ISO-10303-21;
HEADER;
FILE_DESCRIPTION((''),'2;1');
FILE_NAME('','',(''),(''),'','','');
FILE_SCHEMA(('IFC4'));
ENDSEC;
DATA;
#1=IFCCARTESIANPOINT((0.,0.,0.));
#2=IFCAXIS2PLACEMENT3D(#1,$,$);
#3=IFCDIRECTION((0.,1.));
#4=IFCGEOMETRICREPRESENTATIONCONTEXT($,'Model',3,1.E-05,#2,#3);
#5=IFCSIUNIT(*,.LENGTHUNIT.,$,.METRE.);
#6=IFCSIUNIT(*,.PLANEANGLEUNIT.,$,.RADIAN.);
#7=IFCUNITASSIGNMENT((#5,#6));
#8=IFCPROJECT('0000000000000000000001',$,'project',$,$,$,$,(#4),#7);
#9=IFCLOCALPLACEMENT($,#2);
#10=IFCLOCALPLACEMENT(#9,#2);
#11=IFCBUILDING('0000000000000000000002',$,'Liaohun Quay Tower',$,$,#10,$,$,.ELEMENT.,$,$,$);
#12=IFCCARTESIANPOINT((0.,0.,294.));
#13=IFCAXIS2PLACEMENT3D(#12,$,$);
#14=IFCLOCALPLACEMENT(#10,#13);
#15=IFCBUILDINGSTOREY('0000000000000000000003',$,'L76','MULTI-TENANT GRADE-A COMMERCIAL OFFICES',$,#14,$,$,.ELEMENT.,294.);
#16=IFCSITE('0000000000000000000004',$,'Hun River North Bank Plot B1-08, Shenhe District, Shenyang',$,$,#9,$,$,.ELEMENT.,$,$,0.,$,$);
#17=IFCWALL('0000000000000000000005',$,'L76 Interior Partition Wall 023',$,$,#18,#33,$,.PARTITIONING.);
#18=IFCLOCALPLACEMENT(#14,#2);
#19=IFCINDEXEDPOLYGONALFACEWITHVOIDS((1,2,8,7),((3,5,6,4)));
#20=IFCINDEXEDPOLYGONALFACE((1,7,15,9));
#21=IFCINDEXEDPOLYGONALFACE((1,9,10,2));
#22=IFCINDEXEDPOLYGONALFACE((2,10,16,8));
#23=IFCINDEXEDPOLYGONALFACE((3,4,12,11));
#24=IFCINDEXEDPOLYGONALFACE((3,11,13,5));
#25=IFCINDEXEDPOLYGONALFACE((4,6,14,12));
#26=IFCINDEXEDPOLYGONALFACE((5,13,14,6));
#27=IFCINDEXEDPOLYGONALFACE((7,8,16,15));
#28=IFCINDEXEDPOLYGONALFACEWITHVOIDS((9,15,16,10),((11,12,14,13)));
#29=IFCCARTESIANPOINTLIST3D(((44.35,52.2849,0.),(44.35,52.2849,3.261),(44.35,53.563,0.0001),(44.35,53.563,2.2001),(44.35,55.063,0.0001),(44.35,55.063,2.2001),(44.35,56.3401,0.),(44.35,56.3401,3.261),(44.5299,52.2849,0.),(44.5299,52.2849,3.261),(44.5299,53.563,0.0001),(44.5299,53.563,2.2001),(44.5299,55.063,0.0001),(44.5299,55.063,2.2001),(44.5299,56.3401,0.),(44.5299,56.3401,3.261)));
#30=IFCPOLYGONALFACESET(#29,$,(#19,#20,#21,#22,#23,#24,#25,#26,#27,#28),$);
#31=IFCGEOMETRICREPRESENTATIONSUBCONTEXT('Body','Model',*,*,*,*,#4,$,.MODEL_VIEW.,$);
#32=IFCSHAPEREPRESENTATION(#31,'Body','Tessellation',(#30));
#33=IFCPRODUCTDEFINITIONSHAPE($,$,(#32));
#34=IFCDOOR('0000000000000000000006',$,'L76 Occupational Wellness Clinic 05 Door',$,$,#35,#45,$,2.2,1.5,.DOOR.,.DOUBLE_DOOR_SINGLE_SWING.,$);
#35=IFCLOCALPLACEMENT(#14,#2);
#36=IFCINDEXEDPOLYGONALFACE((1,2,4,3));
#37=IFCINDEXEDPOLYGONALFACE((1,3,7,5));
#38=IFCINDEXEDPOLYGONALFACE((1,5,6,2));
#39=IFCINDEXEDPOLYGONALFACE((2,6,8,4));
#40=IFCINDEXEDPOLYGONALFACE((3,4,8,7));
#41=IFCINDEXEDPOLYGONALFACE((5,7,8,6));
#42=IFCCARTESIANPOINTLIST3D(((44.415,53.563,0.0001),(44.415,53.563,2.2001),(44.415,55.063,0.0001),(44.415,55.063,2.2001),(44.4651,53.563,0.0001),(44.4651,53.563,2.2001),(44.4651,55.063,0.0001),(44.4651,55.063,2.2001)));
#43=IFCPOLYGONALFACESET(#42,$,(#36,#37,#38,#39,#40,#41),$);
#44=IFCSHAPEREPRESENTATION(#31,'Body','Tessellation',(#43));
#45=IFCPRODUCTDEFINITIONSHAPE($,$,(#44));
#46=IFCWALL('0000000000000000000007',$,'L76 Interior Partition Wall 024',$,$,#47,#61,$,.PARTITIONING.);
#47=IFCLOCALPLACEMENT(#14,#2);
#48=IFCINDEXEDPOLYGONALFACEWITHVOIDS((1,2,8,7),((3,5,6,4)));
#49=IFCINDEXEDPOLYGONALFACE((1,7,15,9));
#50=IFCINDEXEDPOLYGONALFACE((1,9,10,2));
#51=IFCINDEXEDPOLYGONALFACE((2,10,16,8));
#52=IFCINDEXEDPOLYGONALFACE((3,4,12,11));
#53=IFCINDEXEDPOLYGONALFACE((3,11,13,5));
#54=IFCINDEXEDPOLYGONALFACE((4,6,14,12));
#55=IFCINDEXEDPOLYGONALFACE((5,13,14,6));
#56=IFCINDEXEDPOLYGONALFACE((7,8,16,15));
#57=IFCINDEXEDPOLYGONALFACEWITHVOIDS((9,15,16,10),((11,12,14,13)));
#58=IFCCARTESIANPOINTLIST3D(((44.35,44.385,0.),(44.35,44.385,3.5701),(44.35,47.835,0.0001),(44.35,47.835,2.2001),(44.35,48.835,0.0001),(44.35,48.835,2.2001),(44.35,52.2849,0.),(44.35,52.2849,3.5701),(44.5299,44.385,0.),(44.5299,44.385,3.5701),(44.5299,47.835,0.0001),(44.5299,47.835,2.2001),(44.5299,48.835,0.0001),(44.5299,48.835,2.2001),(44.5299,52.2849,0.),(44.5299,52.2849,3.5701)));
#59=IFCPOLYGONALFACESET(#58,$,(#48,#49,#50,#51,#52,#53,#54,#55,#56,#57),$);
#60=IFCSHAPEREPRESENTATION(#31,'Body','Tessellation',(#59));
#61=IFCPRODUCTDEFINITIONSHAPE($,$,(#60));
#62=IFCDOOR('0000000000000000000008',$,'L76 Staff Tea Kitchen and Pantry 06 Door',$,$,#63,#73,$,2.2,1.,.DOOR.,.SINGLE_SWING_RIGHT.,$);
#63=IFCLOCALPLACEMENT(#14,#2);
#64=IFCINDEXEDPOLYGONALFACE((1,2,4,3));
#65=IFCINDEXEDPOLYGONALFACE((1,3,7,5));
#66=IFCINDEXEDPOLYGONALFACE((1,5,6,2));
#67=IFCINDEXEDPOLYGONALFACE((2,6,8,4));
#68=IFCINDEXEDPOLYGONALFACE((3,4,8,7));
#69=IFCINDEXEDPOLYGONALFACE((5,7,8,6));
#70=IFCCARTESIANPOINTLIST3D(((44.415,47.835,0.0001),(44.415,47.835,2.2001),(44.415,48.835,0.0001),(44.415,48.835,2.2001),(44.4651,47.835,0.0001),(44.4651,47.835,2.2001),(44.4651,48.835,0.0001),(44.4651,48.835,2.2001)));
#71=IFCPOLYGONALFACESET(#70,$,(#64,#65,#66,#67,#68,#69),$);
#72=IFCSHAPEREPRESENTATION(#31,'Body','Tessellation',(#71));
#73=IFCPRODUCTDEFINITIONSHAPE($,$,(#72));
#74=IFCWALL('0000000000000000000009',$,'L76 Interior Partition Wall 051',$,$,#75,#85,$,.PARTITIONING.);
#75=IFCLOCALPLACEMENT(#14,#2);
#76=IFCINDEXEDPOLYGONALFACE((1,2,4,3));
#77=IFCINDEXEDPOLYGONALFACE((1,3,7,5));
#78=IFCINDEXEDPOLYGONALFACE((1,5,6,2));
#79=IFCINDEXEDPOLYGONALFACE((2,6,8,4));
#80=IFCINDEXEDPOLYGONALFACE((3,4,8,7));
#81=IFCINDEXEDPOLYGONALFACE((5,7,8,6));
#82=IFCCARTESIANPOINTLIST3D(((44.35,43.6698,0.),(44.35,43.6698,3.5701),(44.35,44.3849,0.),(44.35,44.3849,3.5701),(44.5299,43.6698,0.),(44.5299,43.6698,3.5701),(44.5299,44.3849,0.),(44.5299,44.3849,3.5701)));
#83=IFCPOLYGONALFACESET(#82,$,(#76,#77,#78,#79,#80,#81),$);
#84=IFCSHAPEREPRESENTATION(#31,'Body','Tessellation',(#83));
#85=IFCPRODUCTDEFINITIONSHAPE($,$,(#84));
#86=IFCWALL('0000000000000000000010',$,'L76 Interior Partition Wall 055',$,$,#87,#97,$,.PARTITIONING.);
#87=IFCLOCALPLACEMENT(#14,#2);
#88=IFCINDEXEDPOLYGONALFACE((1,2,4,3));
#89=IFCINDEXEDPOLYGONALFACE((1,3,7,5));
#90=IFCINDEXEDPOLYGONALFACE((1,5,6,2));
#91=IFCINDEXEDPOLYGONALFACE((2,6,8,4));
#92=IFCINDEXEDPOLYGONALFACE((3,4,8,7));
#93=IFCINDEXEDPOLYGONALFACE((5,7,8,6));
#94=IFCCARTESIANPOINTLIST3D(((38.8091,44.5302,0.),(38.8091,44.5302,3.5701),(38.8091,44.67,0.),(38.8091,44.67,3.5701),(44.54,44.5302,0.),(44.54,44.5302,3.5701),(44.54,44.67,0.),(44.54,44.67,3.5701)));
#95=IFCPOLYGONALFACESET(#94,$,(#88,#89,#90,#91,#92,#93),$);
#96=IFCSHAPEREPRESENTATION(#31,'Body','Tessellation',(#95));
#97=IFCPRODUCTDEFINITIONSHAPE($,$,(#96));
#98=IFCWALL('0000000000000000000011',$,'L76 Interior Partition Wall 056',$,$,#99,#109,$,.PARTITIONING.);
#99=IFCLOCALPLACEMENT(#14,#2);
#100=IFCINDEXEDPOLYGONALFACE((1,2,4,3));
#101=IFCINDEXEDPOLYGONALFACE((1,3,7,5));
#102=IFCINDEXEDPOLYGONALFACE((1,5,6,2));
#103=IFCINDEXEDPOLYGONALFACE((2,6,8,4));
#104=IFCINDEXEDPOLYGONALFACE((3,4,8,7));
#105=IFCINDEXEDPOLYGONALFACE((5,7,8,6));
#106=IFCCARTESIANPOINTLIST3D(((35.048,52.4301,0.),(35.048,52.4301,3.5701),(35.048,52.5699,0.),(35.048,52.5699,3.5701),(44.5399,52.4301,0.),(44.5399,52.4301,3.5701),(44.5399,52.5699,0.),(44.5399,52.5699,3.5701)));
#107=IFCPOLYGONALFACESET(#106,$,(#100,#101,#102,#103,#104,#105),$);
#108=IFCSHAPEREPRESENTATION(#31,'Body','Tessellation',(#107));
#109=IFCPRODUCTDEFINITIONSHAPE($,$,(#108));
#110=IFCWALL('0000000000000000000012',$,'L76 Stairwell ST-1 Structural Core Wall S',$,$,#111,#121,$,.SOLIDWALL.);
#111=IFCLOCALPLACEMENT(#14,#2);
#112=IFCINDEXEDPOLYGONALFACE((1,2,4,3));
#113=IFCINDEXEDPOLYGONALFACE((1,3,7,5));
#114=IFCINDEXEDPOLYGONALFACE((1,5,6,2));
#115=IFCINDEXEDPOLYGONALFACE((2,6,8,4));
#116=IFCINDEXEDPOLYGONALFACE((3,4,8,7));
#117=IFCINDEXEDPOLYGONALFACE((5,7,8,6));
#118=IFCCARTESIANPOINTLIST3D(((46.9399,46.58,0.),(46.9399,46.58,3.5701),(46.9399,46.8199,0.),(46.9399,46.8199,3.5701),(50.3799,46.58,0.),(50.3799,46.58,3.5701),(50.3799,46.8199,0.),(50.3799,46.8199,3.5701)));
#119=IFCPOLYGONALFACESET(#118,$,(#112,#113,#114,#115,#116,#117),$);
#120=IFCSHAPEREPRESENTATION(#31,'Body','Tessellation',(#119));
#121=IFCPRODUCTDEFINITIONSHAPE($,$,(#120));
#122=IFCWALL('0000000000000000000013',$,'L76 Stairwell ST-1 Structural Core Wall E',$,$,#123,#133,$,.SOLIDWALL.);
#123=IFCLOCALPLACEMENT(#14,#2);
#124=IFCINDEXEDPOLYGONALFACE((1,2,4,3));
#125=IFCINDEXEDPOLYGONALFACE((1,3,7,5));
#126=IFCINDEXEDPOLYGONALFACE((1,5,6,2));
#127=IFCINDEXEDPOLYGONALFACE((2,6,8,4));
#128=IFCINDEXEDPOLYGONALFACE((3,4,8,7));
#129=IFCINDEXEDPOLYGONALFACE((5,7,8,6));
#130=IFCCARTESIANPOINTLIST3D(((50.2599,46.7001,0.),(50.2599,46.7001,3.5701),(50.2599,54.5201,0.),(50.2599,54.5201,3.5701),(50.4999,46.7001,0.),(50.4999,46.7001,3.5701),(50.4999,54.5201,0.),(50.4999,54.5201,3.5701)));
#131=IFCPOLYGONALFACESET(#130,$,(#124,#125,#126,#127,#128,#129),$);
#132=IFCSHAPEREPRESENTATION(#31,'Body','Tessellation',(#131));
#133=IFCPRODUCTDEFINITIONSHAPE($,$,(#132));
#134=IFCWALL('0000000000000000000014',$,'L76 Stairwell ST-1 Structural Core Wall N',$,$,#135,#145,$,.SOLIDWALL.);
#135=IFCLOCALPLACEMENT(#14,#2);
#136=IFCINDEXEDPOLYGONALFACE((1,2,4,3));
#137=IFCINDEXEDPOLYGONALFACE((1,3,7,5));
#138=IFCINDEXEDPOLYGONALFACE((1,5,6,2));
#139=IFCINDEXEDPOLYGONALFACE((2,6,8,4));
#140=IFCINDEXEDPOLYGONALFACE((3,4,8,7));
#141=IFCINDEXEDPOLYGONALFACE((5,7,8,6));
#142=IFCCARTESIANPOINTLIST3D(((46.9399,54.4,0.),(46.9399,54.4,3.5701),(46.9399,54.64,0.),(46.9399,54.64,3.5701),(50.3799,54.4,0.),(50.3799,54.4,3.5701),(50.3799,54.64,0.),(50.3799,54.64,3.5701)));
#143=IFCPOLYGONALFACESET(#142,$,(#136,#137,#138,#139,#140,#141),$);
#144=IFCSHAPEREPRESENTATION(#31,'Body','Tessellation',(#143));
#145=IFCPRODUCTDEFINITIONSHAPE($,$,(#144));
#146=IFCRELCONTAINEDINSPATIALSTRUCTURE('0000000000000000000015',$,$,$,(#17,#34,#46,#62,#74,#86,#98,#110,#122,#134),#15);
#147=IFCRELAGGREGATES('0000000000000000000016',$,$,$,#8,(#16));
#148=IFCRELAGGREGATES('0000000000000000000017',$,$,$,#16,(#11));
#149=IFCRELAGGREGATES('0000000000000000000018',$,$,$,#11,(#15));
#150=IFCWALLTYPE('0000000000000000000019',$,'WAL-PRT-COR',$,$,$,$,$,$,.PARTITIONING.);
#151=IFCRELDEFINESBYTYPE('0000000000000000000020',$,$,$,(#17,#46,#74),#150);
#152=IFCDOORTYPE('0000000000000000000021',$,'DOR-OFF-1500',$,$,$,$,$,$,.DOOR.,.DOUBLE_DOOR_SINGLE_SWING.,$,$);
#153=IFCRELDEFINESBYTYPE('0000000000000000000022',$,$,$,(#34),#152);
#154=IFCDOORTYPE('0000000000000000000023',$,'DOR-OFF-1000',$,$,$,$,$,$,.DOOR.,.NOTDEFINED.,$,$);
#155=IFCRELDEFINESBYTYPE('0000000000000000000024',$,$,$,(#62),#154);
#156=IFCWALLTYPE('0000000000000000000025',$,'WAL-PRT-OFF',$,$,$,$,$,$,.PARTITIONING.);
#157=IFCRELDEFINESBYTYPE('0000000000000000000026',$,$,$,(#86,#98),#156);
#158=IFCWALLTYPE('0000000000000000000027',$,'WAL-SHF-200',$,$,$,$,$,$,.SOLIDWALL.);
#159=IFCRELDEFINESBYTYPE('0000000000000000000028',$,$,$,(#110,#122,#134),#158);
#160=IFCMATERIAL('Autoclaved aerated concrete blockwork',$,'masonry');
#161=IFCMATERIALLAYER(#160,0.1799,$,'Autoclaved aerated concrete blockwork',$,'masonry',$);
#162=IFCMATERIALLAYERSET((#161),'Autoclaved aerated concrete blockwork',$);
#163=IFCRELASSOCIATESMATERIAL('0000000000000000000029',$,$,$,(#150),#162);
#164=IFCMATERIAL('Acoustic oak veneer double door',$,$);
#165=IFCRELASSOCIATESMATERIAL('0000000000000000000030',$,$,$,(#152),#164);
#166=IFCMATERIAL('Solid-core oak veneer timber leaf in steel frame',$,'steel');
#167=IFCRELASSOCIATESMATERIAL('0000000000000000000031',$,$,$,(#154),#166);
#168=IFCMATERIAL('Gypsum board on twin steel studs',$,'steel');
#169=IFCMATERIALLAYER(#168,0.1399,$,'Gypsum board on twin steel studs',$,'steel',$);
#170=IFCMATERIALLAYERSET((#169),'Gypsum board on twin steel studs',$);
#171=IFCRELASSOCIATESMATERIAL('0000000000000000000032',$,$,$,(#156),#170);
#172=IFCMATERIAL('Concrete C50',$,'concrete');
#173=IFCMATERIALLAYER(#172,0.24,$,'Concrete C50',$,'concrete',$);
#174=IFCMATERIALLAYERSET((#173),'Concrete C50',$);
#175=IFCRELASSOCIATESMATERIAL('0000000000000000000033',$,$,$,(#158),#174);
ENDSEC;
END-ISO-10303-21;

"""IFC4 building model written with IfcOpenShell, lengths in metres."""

from ifc_helpers import new_model, si_unit, direction, frame, frame_2d, origin, place, context, subcontext, project, spatial, rectangle, extrude, source, transform, mapped, material, layer, layer_set, type_object, element, fill, save


model = new_model("IFC4")

# Units and contexts
model_context = context("Model", 3, precision=1e-05, world=origin(), true_north=direction((0.0, 1.0)))
body_context = subcontext(model_context, "Body", "Model", "MODEL_VIEW")
ifc_project = project(units=[si_unit("LENGTHUNIT", "METRE"), si_unit("PLANEANGLEUNIT", "RADIAN")], contexts=[model_context])

# Site, building, storey
site_placement = place(None, origin())
site = spatial("IfcSite", under=ifc_project, at=site_placement, Name="Hun River North Bank Plot B1-08, Shenhe District, Shenyang", CompositionType="ELEMENT", RefElevation=0.0)
building_placement = place(site_placement, origin())
building = spatial("IfcBuilding", under=site, at=building_placement, Name="Liaohun Quay Tower", CompositionType="ELEMENT")
storey_placement = place(building_placement, frame((0.0, 0.0, 294.0)))
storey = spatial("IfcBuildingStorey", under=building, at=storey_placement, Name="L76", Description="MULTI-TENANT GRADE-A COMMERCIAL OFFICES", CompositionType="ELEMENT", Elevation=294.0)

# Shared definitions
ifc_material_1 = material(Name="Concrete C50", Category="concrete")

# Walls, openings, doors
ifc_material_2 = material(Name="Autoclaved aerated concrete blockwork", Category="masonry")
ifc_layer_1 = layer(ifc_material_2, 0.1799, Name="Autoclaved aerated concrete blockwork", Category="masonry")
ifc_layer_set_1 = layer_set([ifc_layer_1], Name="Autoclaved aerated concrete blockwork")
wall_type_1 = type_object("IfcWallType", Name="WAL-PRT-COR", PredefinedType="PARTITIONING", material=ifc_layer_set_1)
wall_1_placement = place(storey_placement, frame((44.4399, 52.2849, 0.0), z_axis=(0.0, 0.0, 1.0), x_axis=(0.0, 1.0, 0.0)))
wall_1 = element("IfcWall", 1, at=wall_1_placement, inside=storey, type_object=wall_type_1, Name="L76 Interior Partition Wall 023", PredefinedType="PARTITIONING", context=body_context, shape_type="SweptSolid", body=[
    extrude(rectangle(XDim=4.0552, YDim=0.1799, at=frame_2d((2.0276, 0.0))), origin(), (0.0, 0.0, 1.0), 3.261),
])
shared_shape_1 = source(origin(), body_context, "Body", "SweptSolid", [
    extrude(rectangle(XDim=1.5, YDim=2.2, at=frame_2d((0.75, 1.1001))), frame((0.0, 0.0999, 0.0), z_axis=(0.0, -1.0, 0.0), x_axis=(1.0, 0.0, 0.0)), (0.0, 0.0, 1.0), 0.2),
])
opening_1_placement = place(wall_1_placement, frame((1.2781, 0.0, 0.0)))
opening_1 = element("IfcOpeningElement", 2, at=opening_1_placement, cuts=wall_1, PredefinedType="OPENING", context=body_context, shape_type="MappedRepresentation", body=[
    mapped(shared_shape_1, transform((0.0, 0.0, 0.0), x_axis=(1.0, 0.0, 0.0), y_axis=(0.0, 1.0, 0.0), z_axis=(0.0, 0.0, 1.0), scale=1.0)),
])
ifc_material_3 = material(Name="Acoustic oak veneer double door")
door_type_1 = type_object("IfcDoorType", Name="DOR-OFF-1500", OperationType="DOUBLE_DOOR_SINGLE_SWING", PredefinedType="DOOR", material=ifc_material_3)
shared_shape_2 = source(origin(), body_context, "Body", "SweptSolid", [
    extrude(rectangle(XDim=1.5, YDim=2.2, at=frame_2d((0.75, 1.1001))), frame((0.0, 0.0249, 0.0), z_axis=(0.0, -1.0, 0.0), x_axis=(1.0, 0.0, 0.0)), (0.0, 0.0, 1.0), 0.05),
])
door_1_placement = place(opening_1_placement, origin())
door_1 = element("IfcDoor", 3, at=door_1_placement, inside=storey, type_object=door_type_1, Name="L76 Occupational Wellness Clinic 05 Door", OperationType="DOUBLE_DOOR_SINGLE_SWING", OverallHeight=2.2, OverallWidth=1.5, PredefinedType="DOOR", context=body_context, shape_type="MappedRepresentation", body=[
    mapped(shared_shape_2, transform((0.0, 0.0, 0.0), x_axis=(1.0, 0.0, 0.0), y_axis=(0.0, 1.0, 0.0), z_axis=(0.0, 0.0, 1.0), scale=1.0)),
])
fill(opening_1, door_1)
wall_2_placement = place(storey_placement, frame((44.4399, 44.385, 0.0), z_axis=(0.0, 0.0, 1.0), x_axis=(0.0, 1.0, 0.0)))
wall_2 = element("IfcWall", 4, at=wall_2_placement, inside=storey, type_object=wall_type_1, Name="L76 Interior Partition Wall 024", PredefinedType="PARTITIONING", context=body_context, shape_type="SweptSolid", body=[
    extrude(rectangle(XDim=7.8999, YDim=0.1799, at=frame_2d((3.95, 0.0))), origin(), (0.0, 0.0, 1.0), 3.5701),
])
shared_shape_3 = source(origin(), body_context, "Body", "SweptSolid", [
    extrude(rectangle(XDim=1.0, YDim=2.2, at=frame_2d((0.5, 1.1001))), frame((0.0, 0.0999, 0.0), z_axis=(0.0, -1.0, 0.0), x_axis=(1.0, 0.0, 0.0)), (0.0, 0.0, 1.0), 0.2),
])
opening_2_placement = place(wall_2_placement, frame((3.45, 0.0, 0.0)))
opening_2 = element("IfcOpeningElement", 5, at=opening_2_placement, cuts=wall_2, PredefinedType="OPENING", context=body_context, shape_type="MappedRepresentation", body=[
    mapped(shared_shape_3, transform((0.0, 0.0, 0.0), x_axis=(1.0, 0.0, 0.0), y_axis=(0.0, 1.0, 0.0), z_axis=(0.0, 0.0, 1.0), scale=1.0)),
])
ifc_material_4 = material(Name="Solid-core oak veneer timber leaf in steel frame", Category="steel")
door_type_2 = type_object("IfcDoorType", Name="DOR-OFF-1000", OperationType="NOTDEFINED", PredefinedType="DOOR", material=ifc_material_4)
shared_shape_4 = source(origin(), body_context, "Body", "SweptSolid", [
    extrude(rectangle(XDim=1.0, YDim=2.2, at=frame_2d((0.5, 1.1001))), frame((0.0, 0.0249, 0.0), z_axis=(0.0, -1.0, 0.0), x_axis=(1.0, 0.0, 0.0)), (0.0, 0.0, 1.0), 0.05),
])
door_2_placement = place(opening_2_placement, origin())
door_2 = element("IfcDoor", 6, at=door_2_placement, inside=storey, type_object=door_type_2, Name="L76 Staff Tea Kitchen and Pantry 06 Door", OperationType="SINGLE_SWING_RIGHT", OverallHeight=2.2, OverallWidth=1.0, PredefinedType="DOOR", context=body_context, shape_type="MappedRepresentation", body=[
    mapped(shared_shape_4, transform((0.0, 0.0, 0.0), x_axis=(1.0, 0.0, 0.0), y_axis=(0.0, 1.0, 0.0), z_axis=(0.0, 0.0, 1.0), scale=1.0)),
])
fill(opening_2, door_2)

# Walls
wall_3_placement = place(storey_placement, frame((44.4399, 43.6699, 0.0), z_axis=(0.0, 0.0, 1.0), x_axis=(0.0, 1.0, 0.0)))
element("IfcWall", 7, at=wall_3_placement, inside=storey, type_object=wall_type_1, Name="L76 Interior Partition Wall 051", PredefinedType="PARTITIONING", context=body_context, shape_type="SweptSolid", body=[
    extrude(rectangle(XDim=0.7151, YDim=0.1799, at=frame_2d((0.3574, 0.0))), origin(), (0.0, 0.0, 1.0), 3.5701),
])
ifc_material_5 = material(Name="Gypsum board on twin steel studs", Category="steel")
ifc_layer_2 = layer(ifc_material_5, 0.1399, Name="Gypsum board on twin steel studs", Category="steel")
ifc_layer_set_2 = layer_set([ifc_layer_2], Name="Gypsum board on twin steel studs")
wall_type_2 = type_object("IfcWallType", Name="WAL-PRT-OFF", PredefinedType="PARTITIONING", material=ifc_layer_set_2)
wall_4_placement = place(storey_placement, frame((44.54, 44.6001, 0.0), z_axis=(0.0, 0.0, 1.0), x_axis=(-1.0, 0.0, 0.0)))
element("IfcWall", 8, at=wall_4_placement, inside=storey, type_object=wall_type_2, Name="L76 Interior Partition Wall 055", PredefinedType="PARTITIONING", context=body_context, shape_type="SweptSolid", body=[
    extrude(rectangle(XDim=5.731, YDim=0.1399, at=frame_2d((2.8655, 0.0))), origin(), (0.0, 0.0, 1.0), 3.5701),
])
wall_5_placement = place(storey_placement, frame((44.54, 52.5, 0.0), z_axis=(0.0, 0.0, 1.0), x_axis=(-1.0, 0.0, 0.0)))
element("IfcWall", 9, at=wall_5_placement, inside=storey, type_object=wall_type_2, Name="L76 Interior Partition Wall 056", PredefinedType="PARTITIONING", context=body_context, shape_type="SweptSolid", body=[
    extrude(rectangle(XDim=9.4919, YDim=0.1399, at=frame_2d((4.7461, 0.0))), origin(), (0.0, 0.0, 1.0), 3.5701),
])
ifc_layer_3 = layer(ifc_material_1, 0.24, Name="Concrete C50", Category="concrete")
ifc_layer_set_3 = layer_set([ifc_layer_3], Name="Concrete C50")
wall_type_3 = type_object("IfcWallType", Name="WAL-SHF-200", PredefinedType="SOLIDWALL", material=ifc_layer_set_3)
wall_6_placement = place(storey_placement, frame((46.9399, 46.7, 0.0), z_axis=(0.0, 0.0, 1.0), x_axis=(1.0, 0.0, 0.0)))
element("IfcWall", 10, at=wall_6_placement, inside=storey, type_object=wall_type_3, Name="L76 Stairwell ST-1 Structural Core Wall S", PredefinedType="SOLIDWALL", context=body_context, shape_type="SweptSolid", body=[
    extrude(rectangle(XDim=3.4399, YDim=0.24, at=frame_2d((1.72, 0.0))), origin(), (0.0, 0.0, 1.0), 3.5701),
])
wall_7_placement = place(storey_placement, frame((50.3799, 46.7, 0.0), z_axis=(0.0, 0.0, 1.0), x_axis=(0.0, 1.0, 0.0)))
element("IfcWall", 11, at=wall_7_placement, inside=storey, type_object=wall_type_3, Name="L76 Stairwell ST-1 Structural Core Wall E", PredefinedType="SOLIDWALL", context=body_context, shape_type="SweptSolid", body=[
    extrude(rectangle(XDim=7.8201, YDim=0.24, at=frame_2d((3.9102, 0.0))), origin(), (0.0, 0.0, 1.0), 3.5701),
])
wall_8_placement = place(storey_placement, frame((50.3799, 54.52, 0.0), z_axis=(0.0, 0.0, 1.0), x_axis=(-1.0, 0.0, 0.0)))
element("IfcWall", 12, at=wall_8_placement, inside=storey, type_object=wall_type_3, Name="L76 Stairwell ST-1 Structural Core Wall N", PredefinedType="SOLIDWALL", context=body_context, shape_type="SweptSolid", body=[
    extrude(rectangle(XDim=3.4399, YDim=0.24, at=frame_2d((1.72, 0.0))), origin(), (0.0, 0.0, 1.0), 3.5701),
])

save(model, "model.ifc")
